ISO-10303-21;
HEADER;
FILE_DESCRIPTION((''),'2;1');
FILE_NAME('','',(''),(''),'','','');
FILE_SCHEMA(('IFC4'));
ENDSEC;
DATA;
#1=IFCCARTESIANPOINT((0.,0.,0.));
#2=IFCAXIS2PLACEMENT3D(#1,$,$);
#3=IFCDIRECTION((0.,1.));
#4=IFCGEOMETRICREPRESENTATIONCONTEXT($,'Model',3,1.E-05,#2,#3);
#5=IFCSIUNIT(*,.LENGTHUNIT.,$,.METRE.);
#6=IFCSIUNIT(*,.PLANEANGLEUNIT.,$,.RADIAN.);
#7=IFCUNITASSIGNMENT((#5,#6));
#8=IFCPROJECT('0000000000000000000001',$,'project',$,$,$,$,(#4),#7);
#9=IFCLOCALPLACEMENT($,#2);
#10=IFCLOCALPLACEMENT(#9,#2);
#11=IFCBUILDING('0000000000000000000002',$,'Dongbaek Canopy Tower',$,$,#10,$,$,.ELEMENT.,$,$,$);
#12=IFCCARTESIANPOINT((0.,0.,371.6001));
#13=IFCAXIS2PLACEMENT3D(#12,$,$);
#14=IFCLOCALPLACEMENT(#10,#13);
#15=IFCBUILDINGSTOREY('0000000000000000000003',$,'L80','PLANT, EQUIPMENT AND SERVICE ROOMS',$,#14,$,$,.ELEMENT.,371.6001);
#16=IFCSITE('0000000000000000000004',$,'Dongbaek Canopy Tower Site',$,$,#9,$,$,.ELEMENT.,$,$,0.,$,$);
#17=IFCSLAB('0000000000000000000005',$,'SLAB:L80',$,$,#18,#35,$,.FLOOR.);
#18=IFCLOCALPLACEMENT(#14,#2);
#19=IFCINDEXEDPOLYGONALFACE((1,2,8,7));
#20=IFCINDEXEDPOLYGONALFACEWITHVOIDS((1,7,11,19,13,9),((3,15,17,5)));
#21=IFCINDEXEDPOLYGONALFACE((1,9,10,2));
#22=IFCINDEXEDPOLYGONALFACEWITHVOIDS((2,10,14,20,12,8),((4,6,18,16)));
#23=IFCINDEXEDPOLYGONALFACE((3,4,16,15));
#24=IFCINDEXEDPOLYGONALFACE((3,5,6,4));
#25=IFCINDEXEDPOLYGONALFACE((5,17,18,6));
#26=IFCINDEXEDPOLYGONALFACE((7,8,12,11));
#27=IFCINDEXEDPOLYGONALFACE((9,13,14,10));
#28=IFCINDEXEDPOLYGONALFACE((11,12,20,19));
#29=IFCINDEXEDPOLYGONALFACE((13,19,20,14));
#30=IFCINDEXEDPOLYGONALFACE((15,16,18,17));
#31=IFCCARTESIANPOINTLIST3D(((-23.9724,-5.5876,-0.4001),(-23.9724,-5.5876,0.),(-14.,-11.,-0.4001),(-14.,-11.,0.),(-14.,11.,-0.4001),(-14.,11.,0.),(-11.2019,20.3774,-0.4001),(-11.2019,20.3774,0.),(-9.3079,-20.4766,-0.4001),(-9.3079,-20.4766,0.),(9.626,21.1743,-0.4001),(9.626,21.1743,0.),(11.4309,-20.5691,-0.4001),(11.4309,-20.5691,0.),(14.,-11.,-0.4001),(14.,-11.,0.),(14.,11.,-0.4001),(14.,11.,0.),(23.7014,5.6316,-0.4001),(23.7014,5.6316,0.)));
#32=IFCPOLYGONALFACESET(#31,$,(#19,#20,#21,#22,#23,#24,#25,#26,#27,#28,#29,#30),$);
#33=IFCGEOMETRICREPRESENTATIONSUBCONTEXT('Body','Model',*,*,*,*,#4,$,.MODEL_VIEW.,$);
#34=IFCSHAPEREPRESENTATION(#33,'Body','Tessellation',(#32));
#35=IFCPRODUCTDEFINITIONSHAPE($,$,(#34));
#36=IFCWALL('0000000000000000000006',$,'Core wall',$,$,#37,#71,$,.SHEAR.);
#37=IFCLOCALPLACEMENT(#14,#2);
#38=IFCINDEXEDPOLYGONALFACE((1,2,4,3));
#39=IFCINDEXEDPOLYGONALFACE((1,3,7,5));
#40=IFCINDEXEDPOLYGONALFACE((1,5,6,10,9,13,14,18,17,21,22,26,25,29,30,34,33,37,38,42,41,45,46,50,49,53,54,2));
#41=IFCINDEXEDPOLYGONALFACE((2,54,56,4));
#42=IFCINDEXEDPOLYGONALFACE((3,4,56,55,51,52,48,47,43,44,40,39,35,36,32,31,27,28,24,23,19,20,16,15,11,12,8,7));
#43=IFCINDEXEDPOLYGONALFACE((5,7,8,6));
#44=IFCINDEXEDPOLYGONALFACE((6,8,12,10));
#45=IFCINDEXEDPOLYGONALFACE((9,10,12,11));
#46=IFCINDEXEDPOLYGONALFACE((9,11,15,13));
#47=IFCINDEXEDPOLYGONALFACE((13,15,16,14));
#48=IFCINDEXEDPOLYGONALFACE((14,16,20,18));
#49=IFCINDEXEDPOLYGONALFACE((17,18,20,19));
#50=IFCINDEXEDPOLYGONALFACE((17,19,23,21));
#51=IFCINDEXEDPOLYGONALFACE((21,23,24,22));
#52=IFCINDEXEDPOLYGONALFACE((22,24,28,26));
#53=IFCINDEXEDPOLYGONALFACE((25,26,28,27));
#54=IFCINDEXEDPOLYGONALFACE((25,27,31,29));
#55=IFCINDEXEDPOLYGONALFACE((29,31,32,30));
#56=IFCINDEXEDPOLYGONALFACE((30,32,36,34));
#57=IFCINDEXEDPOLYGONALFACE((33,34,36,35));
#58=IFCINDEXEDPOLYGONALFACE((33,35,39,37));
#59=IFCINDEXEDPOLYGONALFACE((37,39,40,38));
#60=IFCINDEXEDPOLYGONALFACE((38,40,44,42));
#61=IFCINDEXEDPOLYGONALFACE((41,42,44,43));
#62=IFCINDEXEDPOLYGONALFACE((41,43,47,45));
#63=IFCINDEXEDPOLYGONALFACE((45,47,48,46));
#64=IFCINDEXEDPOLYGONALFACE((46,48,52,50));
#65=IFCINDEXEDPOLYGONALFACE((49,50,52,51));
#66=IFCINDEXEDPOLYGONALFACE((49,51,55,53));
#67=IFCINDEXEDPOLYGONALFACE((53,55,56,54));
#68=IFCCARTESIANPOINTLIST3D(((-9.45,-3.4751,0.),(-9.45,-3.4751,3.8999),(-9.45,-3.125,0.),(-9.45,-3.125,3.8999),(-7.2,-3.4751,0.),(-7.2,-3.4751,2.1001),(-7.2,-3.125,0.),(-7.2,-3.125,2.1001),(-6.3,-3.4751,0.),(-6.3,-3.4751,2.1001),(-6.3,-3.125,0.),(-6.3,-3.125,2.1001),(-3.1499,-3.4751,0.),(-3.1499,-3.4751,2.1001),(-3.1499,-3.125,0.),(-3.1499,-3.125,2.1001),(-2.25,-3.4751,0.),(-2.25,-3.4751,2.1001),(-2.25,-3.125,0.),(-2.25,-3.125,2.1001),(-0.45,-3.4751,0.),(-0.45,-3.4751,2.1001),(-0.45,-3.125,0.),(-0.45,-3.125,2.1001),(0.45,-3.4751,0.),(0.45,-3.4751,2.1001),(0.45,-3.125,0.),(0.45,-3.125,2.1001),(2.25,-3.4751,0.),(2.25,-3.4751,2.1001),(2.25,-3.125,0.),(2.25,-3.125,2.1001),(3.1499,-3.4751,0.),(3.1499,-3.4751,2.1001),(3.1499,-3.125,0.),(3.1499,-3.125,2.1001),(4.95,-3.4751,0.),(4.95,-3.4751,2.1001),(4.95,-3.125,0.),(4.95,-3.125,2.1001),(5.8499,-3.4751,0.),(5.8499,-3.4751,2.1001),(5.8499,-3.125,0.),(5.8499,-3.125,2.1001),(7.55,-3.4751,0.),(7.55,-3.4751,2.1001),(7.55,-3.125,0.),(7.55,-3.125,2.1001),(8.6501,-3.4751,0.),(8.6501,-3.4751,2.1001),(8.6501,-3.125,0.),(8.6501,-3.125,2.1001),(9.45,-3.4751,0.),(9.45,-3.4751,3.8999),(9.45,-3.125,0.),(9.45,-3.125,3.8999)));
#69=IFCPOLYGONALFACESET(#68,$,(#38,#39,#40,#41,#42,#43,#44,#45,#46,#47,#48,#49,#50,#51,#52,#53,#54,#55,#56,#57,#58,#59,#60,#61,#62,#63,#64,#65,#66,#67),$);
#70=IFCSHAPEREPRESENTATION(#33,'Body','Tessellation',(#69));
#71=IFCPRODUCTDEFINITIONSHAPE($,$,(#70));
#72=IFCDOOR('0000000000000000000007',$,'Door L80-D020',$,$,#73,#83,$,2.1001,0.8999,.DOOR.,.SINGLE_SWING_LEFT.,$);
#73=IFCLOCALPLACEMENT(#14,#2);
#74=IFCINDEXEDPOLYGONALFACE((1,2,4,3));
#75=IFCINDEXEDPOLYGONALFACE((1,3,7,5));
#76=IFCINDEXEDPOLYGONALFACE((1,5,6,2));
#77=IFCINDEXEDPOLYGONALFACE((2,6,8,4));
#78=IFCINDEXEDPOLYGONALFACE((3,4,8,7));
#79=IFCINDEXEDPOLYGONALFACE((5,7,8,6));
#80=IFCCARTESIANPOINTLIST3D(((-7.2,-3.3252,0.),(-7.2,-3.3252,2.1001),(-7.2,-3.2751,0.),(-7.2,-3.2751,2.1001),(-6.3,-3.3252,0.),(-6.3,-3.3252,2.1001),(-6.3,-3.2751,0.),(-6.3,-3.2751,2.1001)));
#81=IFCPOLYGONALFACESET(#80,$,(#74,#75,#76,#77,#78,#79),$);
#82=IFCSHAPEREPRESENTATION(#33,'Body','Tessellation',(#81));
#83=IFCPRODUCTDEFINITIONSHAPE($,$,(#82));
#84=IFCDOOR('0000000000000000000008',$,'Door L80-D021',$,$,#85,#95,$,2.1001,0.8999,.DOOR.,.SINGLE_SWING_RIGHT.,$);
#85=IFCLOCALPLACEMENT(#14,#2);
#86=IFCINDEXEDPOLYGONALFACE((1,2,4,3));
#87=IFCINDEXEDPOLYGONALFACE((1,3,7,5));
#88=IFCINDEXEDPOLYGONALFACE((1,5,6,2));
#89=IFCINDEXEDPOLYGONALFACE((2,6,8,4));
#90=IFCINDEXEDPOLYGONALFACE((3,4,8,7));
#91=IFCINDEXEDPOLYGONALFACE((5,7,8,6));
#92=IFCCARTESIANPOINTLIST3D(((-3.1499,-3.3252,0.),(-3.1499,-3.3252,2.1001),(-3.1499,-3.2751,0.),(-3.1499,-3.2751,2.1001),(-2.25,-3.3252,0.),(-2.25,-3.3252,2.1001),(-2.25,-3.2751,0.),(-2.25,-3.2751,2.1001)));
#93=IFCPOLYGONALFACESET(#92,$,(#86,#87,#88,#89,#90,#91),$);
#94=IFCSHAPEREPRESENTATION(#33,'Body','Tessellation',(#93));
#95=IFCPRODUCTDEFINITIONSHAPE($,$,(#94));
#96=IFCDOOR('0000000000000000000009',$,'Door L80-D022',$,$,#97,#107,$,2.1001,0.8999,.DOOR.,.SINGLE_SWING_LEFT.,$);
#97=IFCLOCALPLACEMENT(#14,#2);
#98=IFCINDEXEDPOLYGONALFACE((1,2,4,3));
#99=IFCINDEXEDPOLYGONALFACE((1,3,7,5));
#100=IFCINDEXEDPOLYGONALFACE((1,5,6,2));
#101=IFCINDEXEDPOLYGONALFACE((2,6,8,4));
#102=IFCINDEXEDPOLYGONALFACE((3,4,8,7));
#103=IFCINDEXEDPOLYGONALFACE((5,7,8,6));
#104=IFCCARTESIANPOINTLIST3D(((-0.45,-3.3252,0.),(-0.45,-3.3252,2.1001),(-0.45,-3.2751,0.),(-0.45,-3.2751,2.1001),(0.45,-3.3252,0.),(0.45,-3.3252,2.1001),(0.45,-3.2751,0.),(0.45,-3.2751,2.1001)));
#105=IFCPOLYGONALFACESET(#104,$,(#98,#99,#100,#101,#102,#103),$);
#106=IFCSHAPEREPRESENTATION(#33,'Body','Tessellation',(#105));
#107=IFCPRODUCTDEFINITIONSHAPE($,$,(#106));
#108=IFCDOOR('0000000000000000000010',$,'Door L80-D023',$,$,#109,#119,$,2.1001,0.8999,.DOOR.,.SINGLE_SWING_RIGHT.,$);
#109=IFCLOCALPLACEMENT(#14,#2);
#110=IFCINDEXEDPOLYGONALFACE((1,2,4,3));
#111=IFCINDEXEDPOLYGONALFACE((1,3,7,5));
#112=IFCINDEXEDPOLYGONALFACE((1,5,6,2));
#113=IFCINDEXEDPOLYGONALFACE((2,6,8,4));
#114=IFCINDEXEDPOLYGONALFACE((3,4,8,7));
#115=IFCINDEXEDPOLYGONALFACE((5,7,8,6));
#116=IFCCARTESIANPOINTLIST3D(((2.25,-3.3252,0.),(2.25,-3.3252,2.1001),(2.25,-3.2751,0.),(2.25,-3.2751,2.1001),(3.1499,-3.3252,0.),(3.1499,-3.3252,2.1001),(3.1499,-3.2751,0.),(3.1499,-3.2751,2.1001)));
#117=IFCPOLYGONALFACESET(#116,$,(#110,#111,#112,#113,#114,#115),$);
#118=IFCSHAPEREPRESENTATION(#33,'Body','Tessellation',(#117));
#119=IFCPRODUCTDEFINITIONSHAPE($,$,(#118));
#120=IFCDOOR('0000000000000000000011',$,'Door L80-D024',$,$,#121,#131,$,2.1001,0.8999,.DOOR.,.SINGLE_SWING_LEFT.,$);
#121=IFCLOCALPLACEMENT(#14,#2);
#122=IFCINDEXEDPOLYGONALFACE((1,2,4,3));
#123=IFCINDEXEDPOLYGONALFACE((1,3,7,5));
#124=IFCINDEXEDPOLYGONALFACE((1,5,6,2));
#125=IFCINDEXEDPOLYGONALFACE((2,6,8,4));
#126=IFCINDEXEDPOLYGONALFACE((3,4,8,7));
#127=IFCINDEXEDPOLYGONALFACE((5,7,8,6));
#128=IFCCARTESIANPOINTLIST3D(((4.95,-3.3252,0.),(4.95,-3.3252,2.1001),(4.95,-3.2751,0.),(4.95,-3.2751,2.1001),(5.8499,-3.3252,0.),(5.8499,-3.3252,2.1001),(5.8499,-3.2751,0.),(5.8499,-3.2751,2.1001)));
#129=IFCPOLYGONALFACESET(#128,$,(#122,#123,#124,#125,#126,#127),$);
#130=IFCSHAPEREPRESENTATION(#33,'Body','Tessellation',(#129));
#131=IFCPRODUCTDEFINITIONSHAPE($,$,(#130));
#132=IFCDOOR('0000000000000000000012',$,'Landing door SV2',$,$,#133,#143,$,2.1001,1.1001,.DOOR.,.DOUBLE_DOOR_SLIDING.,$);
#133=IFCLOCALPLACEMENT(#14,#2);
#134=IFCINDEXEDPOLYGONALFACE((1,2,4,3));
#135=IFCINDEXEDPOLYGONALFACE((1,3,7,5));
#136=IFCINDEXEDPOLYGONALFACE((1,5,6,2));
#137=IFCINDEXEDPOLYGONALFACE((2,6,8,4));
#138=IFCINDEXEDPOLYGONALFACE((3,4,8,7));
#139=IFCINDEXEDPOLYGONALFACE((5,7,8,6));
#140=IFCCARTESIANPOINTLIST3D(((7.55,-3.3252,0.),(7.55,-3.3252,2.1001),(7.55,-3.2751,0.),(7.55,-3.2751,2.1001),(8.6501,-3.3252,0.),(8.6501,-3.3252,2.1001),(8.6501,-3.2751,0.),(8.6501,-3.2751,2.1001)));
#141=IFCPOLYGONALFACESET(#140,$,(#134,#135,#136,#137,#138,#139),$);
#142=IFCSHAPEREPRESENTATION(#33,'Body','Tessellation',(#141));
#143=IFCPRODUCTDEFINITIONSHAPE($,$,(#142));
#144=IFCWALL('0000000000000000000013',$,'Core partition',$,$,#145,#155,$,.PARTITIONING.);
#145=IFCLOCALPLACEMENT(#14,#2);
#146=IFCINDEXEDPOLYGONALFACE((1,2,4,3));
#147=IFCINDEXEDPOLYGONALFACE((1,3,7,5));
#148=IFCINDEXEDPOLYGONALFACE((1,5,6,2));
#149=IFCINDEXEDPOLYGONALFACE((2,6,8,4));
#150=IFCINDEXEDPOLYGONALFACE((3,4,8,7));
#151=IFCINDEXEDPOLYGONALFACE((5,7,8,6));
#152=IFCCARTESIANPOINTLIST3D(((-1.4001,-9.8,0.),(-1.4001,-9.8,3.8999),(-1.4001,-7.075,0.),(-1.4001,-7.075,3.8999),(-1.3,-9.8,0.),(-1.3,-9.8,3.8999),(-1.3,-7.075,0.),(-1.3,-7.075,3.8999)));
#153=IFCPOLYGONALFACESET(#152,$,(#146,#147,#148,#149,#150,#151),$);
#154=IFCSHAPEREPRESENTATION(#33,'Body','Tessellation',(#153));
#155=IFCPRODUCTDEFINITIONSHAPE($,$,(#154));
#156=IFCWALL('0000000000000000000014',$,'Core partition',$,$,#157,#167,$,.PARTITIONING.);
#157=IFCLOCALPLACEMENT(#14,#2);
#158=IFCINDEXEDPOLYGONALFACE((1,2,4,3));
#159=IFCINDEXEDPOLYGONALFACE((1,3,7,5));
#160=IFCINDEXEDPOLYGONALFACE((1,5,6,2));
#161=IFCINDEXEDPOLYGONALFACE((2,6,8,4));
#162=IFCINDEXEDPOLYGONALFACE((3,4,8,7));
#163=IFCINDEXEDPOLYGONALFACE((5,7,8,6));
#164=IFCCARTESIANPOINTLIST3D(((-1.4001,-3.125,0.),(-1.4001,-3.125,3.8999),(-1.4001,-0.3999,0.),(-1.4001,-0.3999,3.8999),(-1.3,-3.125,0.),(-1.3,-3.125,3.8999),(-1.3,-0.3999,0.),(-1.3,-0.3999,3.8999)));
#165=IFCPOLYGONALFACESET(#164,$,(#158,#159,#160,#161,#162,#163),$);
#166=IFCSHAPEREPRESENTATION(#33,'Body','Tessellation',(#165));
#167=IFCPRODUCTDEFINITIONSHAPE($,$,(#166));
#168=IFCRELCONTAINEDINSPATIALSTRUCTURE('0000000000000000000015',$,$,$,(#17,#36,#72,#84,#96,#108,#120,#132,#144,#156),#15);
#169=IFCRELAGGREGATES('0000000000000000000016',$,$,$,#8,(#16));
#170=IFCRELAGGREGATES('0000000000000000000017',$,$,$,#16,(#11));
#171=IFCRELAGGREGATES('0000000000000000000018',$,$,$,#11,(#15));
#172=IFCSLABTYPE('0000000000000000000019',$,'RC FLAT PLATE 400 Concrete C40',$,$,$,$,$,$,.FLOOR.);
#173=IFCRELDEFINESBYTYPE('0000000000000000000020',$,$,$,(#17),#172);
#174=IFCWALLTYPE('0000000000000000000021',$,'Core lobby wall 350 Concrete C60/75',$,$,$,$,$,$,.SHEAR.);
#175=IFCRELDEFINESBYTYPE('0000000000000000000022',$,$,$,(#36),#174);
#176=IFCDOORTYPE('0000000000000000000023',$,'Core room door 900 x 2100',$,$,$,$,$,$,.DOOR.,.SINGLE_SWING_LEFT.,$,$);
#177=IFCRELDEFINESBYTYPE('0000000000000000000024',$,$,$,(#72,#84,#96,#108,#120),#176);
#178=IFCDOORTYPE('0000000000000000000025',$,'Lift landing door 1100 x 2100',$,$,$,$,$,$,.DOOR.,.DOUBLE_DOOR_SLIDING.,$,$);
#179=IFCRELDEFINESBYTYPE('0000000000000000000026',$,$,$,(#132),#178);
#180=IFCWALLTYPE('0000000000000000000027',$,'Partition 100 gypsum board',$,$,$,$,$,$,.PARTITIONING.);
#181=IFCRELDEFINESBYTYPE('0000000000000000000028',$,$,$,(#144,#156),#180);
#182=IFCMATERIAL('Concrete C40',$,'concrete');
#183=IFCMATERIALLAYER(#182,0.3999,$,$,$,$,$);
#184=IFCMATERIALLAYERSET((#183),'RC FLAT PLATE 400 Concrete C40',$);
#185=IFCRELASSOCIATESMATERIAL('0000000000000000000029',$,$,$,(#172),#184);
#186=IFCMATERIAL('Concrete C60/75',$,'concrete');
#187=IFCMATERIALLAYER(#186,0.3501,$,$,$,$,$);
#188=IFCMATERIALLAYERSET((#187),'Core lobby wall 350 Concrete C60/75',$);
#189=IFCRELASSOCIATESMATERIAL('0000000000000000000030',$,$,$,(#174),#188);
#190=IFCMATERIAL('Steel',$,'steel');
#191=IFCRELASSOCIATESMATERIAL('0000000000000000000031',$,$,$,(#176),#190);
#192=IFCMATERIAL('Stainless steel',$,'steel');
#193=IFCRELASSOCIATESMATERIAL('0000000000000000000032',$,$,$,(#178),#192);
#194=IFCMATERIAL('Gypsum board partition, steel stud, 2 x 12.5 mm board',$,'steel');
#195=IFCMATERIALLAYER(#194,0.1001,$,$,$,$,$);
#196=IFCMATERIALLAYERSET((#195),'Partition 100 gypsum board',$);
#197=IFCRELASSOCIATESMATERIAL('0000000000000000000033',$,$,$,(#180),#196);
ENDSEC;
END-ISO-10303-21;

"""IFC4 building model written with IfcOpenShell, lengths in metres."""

from ifc_helpers import new_model, si_unit, direction, frame, frame_2d, origin, place, context, subcontext, project, spatial, polyline, rectangle, outline, extrude, material, layer, layer_set, type_object, element, fill, save


model = new_model("IFC4")

# Units and contexts
model_context = context("Model", 3, precision=1e-05, world=origin(), true_north=direction((0.0, 1.0)))
body_context = subcontext(model_context, "Body", "Model", "MODEL_VIEW")
ifc_project = project(units=[si_unit("LENGTHUNIT", "METRE"), si_unit("PLANEANGLEUNIT", "RADIAN")], contexts=[model_context])

# Site, building, storey
site_placement = place(None, origin())
site = spatial("IfcSite", under=ifc_project, at=site_placement, Name="Dongbaek Canopy Tower Site", CompositionType="ELEMENT", RefElevation=0.0)
building_placement = place(site_placement, origin())
building = spatial("IfcBuilding", under=site, at=building_placement, Name="Dongbaek Canopy Tower", CompositionType="ELEMENT")
storey_placement = place(building_placement, frame((0.0, 0.0, 371.6001)))
storey = spatial("IfcBuildingStorey", under=building, at=storey_placement, Name="L80", Description="PLANT, EQUIPMENT AND SERVICE ROOMS", CompositionType="ELEMENT", Elevation=371.6001)

# Slab
ifc_material_1 = material(Name="Concrete C40", Category="concrete")
ifc_layer_1 = layer(ifc_material_1, 0.3999)
ifc_layer_set_1 = layer_set([ifc_layer_1], Name="RC FLAT PLATE 400 Concrete C40")
slab_type = type_object("IfcSlabType", Name="RC FLAT PLATE 400 Concrete C40", PredefinedType="FLOOR", material=ifc_layer_set_1)
slab_placement = place(storey_placement, frame((0.0, 0.0, -0.4001)))
element("IfcSlab", 1, at=slab_placement, inside=storey, type_object=slab_type, Name="SLAB:L80", PredefinedType="FLOOR", context=body_context, shape_type="SweptSolid", body=[
    extrude(outline(polyline([(-23.9724, -5.5876), (-11.2019, 20.3774), (9.626, 21.1743), (23.7014, 5.6316), (11.4309, -20.5691), (-9.3079, -20.4766), (-23.9724, -5.5876)]), holes=[polyline([(14.0, 11.0), (-14.0, 11.0), (-14.0, -11.0), (14.0, -11.0), (14.0, 11.0)])]), origin(), (0.0, 0.0, 1.0), 0.4001),
])

# Wall, openings, doors
ifc_material_2 = material(Name="Concrete C60/75", Category="concrete")
ifc_layer_2 = layer(ifc_material_2, 0.3501)
ifc_layer_set_2 = layer_set([ifc_layer_2], Name="Core lobby wall 350 Concrete C60/75")
wall_type_1 = type_object("IfcWallType", Name="Core lobby wall 350 Concrete C60/75", PredefinedType="SHEAR", material=ifc_layer_set_2)
wall_1_placement = place(storey_placement, frame((-9.45, -3.3, 0.0), z_axis=(0.0, 0.0, 1.0), x_axis=(1.0, 0.0, 0.0)))
wall_1 = element("IfcWall", 2, at=wall_1_placement, inside=storey, type_object=wall_type_1, Name="Core wall", PredefinedType="SHEAR", context=body_context, shape_type="SweptSolid", body=[
    extrude(rectangle(XDim=18.8999, YDim=0.3501, at=frame_2d((9.45, 0.0))), origin(), (0.0, 0.0, 1.0), 3.8999),
])
opening_1_placement = place(wall_1_placement, frame((17.0, 0.0, 0.0)))
opening_1 = element("IfcOpeningElement", 3, at=opening_1_placement, cuts=wall_1, PredefinedType="OPENING", context=body_context, shape_type="SweptSolid", body=[
    extrude(rectangle(XDim=1.1001, YDim=2.1001, at=frame_2d((0.55, 1.05))), frame((0.0, 0.1851, 0.0), z_axis=(0.0, -1.0, 0.0), x_axis=(1.0, 0.0, 0.0)), (0.0, 0.0, 1.0), 0.3701),
])
opening_2_placement = place(wall_1_placement, frame((2.25, 0.0, 0.0)))
opening_2 = element("IfcOpeningElement", 4, at=opening_2_placement, cuts=wall_1, PredefinedType="OPENING", context=body_context, shape_type="SweptSolid", body=[
    extrude(rectangle(XDim=0.8999, YDim=2.1001, at=frame_2d((0.45, 1.05))), frame((0.0, 0.1851, 0.0), z_axis=(0.0, -1.0, 0.0), x_axis=(1.0, 0.0, 0.0)), (0.0, 0.0, 1.0), 0.3701),
])
opening_3_placement = place(wall_1_placement, frame((6.3, 0.0, 0.0)))
opening_3 = element("IfcOpeningElement", 5, at=opening_3_placement, cuts=wall_1, PredefinedType="OPENING", context=body_context, shape_type="SweptSolid", body=[
    extrude(rectangle(XDim=0.8999, YDim=2.1001, at=frame_2d((0.45, 1.05))), frame((0.0, 0.1851, 0.0), z_axis=(0.0, -1.0, 0.0), x_axis=(1.0, 0.0, 0.0)), (0.0, 0.0, 1.0), 0.3701),
])
opening_4_placement = place(wall_1_placement, frame((9.0, 0.0, 0.0)))
opening_4 = element("IfcOpeningElement", 6, at=opening_4_placement, cuts=wall_1, PredefinedType="OPENING", context=body_context, shape_type="SweptSolid", body=[
    extrude(rectangle(XDim=0.8999, YDim=2.1001, at=frame_2d((0.45, 1.05))), frame((0.0, 0.1851, 0.0), z_axis=(0.0, -1.0, 0.0), x_axis=(1.0, 0.0, 0.0)), (0.0, 0.0, 1.0), 0.3701),
])
opening_5_placement = place(wall_1_placement, frame((11.7, 0.0, 0.0)))
opening_5 = element("IfcOpeningElement", 7, at=opening_5_placement, cuts=wall_1, PredefinedType="OPENING", context=body_context, shape_type="SweptSolid", body=[
    extrude(rectangle(XDim=0.8999, YDim=2.1001, at=frame_2d((0.45, 1.05))), frame((0.0, 0.1851, 0.0), z_axis=(0.0, -1.0, 0.0), x_axis=(1.0, 0.0, 0.0)), (0.0, 0.0, 1.0), 0.3701),
])
opening_6_placement = place(wall_1_placement, frame((14.3999, 0.0, 0.0)))
opening_6 = element("IfcOpeningElement", 8, at=opening_6_placement, cuts=wall_1, PredefinedType="OPENING", context=body_context, shape_type="SweptSolid", body=[
    extrude(rectangle(XDim=0.8999, YDim=2.1001, at=frame_2d((0.45, 1.05))), frame((0.0, 0.1851, 0.0), z_axis=(0.0, -1.0, 0.0), x_axis=(1.0, 0.0, 0.0)), (0.0, 0.0, 1.0), 0.3701),
])
ifc_material_3 = material(Name="Steel", Category="steel")
door_type_1 = type_object("IfcDoorType", Name="Core room door 900 x 2100", OperationType="SINGLE_SWING_LEFT", PredefinedType="DOOR", material=ifc_material_3)
door_1_placement = place(opening_2_placement, origin())
door_1 = element("IfcDoor", 9, at=door_1_placement, inside=storey, type_object=door_type_1, Name="Door L80-D020", OperationType="SINGLE_SWING_LEFT", OverallHeight=2.1001, OverallWidth=0.8999, PredefinedType="DOOR", context=body_context, shape_type="SweptSolid", body=[
    extrude(rectangle(XDim=0.8999, YDim=2.1001, at=frame_2d((0.45, 1.05))), frame((0.0, 0.0249, 0.0), z_axis=(0.0, -1.0, 0.0), x_axis=(1.0, 0.0, 0.0)), (0.0, 0.0, 1.0), 0.05),
])
fill(opening_2, door_1)
door_2_placement = place(opening_3_placement, origin())
door_2 = element("IfcDoor", 10, at=door_2_placement, inside=storey, type_object=door_type_1, Name="Door L80-D021", OperationType="SINGLE_SWING_RIGHT", OverallHeight=2.1001, OverallWidth=0.8999, PredefinedType="DOOR", context=body_context, shape_type="SweptSolid", body=[
    extrude(rectangle(XDim=0.8999, YDim=2.1001, at=frame_2d((0.45, 1.05))), frame((0.0, 0.0249, 0.0), z_axis=(0.0, -1.0, 0.0), x_axis=(1.0, 0.0, 0.0)), (0.0, 0.0, 1.0), 0.05),
])
fill(opening_3, door_2)
door_3_placement = place(opening_4_placement, origin())
door_3 = element("IfcDoor", 11, at=door_3_placement, inside=storey, type_object=door_type_1, Name="Door L80-D022", OperationType="SINGLE_SWING_LEFT", OverallHeight=2.1001, OverallWidth=0.8999, PredefinedType="DOOR", context=body_context, shape_type="SweptSolid", body=[
    extrude(rectangle(XDim=0.8999, YDim=2.1001, at=frame_2d((0.45, 1.05))), frame((0.0, 0.0249, 0.0), z_axis=(0.0, -1.0, 0.0), x_axis=(1.0, 0.0, 0.0)), (0.0, 0.0, 1.0), 0.05),
])
fill(opening_4, door_3)
door_4_placement = place(opening_5_placement, origin())
door_4 = element("IfcDoor", 12, at=door_4_placement, inside=storey, type_object=door_type_1, Name="Door L80-D023", OperationType="SINGLE_SWING_RIGHT", OverallHeight=2.1001, OverallWidth=0.8999, PredefinedType="DOOR", context=body_context, shape_type="SweptSolid", body=[
    extrude(rectangle(XDim=0.8999, YDim=2.1001, at=frame_2d((0.45, 1.05))), frame((0.0, 0.0249, 0.0), z_axis=(0.0, -1.0, 0.0), x_axis=(1.0, 0.0, 0.0)), (0.0, 0.0, 1.0), 0.05),
])
fill(opening_5, door_4)
door_5_placement = place(opening_6_placement, origin())
door_5 = element("IfcDoor", 13, at=door_5_placement, inside=storey, type_object=door_type_1, Name="Door L80-D024", OperationType="SINGLE_SWING_LEFT", OverallHeight=2.1001, OverallWidth=0.8999, PredefinedType="DOOR", context=body_context, shape_type="SweptSolid", body=[
    extrude(rectangle(XDim=0.8999, YDim=2.1001, at=frame_2d((0.45, 1.05))), frame((0.0, 0.0249, 0.0), z_axis=(0.0, -1.0, 0.0), x_axis=(1.0, 0.0, 0.0)), (0.0, 0.0, 1.0), 0.05),
])
fill(opening_6, door_5)
ifc_material_4 = material(Name="Stainless steel", Category="steel")
door_type_2 = type_object("IfcDoorType", Name="Lift landing door 1100 x 2100", OperationType="DOUBLE_DOOR_SLIDING", PredefinedType="DOOR", material=ifc_material_4)
door_6_placement = place(opening_1_placement, origin())
door_6 = element("IfcDoor", 14, at=door_6_placement, inside=storey, type_object=door_type_2, Name="Landing door SV2", OperationType="DOUBLE_DOOR_SLIDING", OverallHeight=2.1001, OverallWidth=1.1001, PredefinedType="DOOR", context=body_context, shape_type="SweptSolid", body=[
    extrude(rectangle(XDim=1.1001, YDim=2.1001, at=frame_2d((0.55, 1.05))), frame((0.0, 0.0249, 0.0), z_axis=(0.0, -1.0, 0.0), x_axis=(1.0, 0.0, 0.0)), (0.0, 0.0, 1.0), 0.05),
])
fill(opening_1, door_6)

# Walls
ifc_material_5 = material(Name="Gypsum board partition, steel stud, 2 x 12.5 mm board", Category="steel")
ifc_layer_3 = layer(ifc_material_5, 0.1001)
ifc_layer_set_3 = layer_set([ifc_layer_3], Name="Partition 100 gypsum board")
wall_type_2 = type_object("IfcWallType", Name="Partition 100 gypsum board", PredefinedType="PARTITIONING", material=ifc_layer_set_3)
for number, where, z_axis, x_axis, name in (
    (15, (-1.3501, -9.8, 0.0), (0.0, 0.0, 1.0), (0.0, 1.0, 0.0), "Core partition"),
    (16, (-1.3501, -3.125, 0.0), (0.0, 0.0, 1.0), (0.0, 1.0, 0.0), "Core partition"),
):
    element("IfcWall", number, at=place(storey_placement, frame(where, z_axis=z_axis, x_axis=x_axis)), inside=storey, type_object=wall_type_2, Name=name, PredefinedType="PARTITIONING", context=body_context, shape_type="SweptSolid", body=[
        extrude(rectangle(XDim=2.7251, YDim=0.1001, at=frame_2d((1.3625, 0.0))), origin(), (0.0, 0.0, 1.0), 3.8999),
    ])

save(model, "model.ifc")
